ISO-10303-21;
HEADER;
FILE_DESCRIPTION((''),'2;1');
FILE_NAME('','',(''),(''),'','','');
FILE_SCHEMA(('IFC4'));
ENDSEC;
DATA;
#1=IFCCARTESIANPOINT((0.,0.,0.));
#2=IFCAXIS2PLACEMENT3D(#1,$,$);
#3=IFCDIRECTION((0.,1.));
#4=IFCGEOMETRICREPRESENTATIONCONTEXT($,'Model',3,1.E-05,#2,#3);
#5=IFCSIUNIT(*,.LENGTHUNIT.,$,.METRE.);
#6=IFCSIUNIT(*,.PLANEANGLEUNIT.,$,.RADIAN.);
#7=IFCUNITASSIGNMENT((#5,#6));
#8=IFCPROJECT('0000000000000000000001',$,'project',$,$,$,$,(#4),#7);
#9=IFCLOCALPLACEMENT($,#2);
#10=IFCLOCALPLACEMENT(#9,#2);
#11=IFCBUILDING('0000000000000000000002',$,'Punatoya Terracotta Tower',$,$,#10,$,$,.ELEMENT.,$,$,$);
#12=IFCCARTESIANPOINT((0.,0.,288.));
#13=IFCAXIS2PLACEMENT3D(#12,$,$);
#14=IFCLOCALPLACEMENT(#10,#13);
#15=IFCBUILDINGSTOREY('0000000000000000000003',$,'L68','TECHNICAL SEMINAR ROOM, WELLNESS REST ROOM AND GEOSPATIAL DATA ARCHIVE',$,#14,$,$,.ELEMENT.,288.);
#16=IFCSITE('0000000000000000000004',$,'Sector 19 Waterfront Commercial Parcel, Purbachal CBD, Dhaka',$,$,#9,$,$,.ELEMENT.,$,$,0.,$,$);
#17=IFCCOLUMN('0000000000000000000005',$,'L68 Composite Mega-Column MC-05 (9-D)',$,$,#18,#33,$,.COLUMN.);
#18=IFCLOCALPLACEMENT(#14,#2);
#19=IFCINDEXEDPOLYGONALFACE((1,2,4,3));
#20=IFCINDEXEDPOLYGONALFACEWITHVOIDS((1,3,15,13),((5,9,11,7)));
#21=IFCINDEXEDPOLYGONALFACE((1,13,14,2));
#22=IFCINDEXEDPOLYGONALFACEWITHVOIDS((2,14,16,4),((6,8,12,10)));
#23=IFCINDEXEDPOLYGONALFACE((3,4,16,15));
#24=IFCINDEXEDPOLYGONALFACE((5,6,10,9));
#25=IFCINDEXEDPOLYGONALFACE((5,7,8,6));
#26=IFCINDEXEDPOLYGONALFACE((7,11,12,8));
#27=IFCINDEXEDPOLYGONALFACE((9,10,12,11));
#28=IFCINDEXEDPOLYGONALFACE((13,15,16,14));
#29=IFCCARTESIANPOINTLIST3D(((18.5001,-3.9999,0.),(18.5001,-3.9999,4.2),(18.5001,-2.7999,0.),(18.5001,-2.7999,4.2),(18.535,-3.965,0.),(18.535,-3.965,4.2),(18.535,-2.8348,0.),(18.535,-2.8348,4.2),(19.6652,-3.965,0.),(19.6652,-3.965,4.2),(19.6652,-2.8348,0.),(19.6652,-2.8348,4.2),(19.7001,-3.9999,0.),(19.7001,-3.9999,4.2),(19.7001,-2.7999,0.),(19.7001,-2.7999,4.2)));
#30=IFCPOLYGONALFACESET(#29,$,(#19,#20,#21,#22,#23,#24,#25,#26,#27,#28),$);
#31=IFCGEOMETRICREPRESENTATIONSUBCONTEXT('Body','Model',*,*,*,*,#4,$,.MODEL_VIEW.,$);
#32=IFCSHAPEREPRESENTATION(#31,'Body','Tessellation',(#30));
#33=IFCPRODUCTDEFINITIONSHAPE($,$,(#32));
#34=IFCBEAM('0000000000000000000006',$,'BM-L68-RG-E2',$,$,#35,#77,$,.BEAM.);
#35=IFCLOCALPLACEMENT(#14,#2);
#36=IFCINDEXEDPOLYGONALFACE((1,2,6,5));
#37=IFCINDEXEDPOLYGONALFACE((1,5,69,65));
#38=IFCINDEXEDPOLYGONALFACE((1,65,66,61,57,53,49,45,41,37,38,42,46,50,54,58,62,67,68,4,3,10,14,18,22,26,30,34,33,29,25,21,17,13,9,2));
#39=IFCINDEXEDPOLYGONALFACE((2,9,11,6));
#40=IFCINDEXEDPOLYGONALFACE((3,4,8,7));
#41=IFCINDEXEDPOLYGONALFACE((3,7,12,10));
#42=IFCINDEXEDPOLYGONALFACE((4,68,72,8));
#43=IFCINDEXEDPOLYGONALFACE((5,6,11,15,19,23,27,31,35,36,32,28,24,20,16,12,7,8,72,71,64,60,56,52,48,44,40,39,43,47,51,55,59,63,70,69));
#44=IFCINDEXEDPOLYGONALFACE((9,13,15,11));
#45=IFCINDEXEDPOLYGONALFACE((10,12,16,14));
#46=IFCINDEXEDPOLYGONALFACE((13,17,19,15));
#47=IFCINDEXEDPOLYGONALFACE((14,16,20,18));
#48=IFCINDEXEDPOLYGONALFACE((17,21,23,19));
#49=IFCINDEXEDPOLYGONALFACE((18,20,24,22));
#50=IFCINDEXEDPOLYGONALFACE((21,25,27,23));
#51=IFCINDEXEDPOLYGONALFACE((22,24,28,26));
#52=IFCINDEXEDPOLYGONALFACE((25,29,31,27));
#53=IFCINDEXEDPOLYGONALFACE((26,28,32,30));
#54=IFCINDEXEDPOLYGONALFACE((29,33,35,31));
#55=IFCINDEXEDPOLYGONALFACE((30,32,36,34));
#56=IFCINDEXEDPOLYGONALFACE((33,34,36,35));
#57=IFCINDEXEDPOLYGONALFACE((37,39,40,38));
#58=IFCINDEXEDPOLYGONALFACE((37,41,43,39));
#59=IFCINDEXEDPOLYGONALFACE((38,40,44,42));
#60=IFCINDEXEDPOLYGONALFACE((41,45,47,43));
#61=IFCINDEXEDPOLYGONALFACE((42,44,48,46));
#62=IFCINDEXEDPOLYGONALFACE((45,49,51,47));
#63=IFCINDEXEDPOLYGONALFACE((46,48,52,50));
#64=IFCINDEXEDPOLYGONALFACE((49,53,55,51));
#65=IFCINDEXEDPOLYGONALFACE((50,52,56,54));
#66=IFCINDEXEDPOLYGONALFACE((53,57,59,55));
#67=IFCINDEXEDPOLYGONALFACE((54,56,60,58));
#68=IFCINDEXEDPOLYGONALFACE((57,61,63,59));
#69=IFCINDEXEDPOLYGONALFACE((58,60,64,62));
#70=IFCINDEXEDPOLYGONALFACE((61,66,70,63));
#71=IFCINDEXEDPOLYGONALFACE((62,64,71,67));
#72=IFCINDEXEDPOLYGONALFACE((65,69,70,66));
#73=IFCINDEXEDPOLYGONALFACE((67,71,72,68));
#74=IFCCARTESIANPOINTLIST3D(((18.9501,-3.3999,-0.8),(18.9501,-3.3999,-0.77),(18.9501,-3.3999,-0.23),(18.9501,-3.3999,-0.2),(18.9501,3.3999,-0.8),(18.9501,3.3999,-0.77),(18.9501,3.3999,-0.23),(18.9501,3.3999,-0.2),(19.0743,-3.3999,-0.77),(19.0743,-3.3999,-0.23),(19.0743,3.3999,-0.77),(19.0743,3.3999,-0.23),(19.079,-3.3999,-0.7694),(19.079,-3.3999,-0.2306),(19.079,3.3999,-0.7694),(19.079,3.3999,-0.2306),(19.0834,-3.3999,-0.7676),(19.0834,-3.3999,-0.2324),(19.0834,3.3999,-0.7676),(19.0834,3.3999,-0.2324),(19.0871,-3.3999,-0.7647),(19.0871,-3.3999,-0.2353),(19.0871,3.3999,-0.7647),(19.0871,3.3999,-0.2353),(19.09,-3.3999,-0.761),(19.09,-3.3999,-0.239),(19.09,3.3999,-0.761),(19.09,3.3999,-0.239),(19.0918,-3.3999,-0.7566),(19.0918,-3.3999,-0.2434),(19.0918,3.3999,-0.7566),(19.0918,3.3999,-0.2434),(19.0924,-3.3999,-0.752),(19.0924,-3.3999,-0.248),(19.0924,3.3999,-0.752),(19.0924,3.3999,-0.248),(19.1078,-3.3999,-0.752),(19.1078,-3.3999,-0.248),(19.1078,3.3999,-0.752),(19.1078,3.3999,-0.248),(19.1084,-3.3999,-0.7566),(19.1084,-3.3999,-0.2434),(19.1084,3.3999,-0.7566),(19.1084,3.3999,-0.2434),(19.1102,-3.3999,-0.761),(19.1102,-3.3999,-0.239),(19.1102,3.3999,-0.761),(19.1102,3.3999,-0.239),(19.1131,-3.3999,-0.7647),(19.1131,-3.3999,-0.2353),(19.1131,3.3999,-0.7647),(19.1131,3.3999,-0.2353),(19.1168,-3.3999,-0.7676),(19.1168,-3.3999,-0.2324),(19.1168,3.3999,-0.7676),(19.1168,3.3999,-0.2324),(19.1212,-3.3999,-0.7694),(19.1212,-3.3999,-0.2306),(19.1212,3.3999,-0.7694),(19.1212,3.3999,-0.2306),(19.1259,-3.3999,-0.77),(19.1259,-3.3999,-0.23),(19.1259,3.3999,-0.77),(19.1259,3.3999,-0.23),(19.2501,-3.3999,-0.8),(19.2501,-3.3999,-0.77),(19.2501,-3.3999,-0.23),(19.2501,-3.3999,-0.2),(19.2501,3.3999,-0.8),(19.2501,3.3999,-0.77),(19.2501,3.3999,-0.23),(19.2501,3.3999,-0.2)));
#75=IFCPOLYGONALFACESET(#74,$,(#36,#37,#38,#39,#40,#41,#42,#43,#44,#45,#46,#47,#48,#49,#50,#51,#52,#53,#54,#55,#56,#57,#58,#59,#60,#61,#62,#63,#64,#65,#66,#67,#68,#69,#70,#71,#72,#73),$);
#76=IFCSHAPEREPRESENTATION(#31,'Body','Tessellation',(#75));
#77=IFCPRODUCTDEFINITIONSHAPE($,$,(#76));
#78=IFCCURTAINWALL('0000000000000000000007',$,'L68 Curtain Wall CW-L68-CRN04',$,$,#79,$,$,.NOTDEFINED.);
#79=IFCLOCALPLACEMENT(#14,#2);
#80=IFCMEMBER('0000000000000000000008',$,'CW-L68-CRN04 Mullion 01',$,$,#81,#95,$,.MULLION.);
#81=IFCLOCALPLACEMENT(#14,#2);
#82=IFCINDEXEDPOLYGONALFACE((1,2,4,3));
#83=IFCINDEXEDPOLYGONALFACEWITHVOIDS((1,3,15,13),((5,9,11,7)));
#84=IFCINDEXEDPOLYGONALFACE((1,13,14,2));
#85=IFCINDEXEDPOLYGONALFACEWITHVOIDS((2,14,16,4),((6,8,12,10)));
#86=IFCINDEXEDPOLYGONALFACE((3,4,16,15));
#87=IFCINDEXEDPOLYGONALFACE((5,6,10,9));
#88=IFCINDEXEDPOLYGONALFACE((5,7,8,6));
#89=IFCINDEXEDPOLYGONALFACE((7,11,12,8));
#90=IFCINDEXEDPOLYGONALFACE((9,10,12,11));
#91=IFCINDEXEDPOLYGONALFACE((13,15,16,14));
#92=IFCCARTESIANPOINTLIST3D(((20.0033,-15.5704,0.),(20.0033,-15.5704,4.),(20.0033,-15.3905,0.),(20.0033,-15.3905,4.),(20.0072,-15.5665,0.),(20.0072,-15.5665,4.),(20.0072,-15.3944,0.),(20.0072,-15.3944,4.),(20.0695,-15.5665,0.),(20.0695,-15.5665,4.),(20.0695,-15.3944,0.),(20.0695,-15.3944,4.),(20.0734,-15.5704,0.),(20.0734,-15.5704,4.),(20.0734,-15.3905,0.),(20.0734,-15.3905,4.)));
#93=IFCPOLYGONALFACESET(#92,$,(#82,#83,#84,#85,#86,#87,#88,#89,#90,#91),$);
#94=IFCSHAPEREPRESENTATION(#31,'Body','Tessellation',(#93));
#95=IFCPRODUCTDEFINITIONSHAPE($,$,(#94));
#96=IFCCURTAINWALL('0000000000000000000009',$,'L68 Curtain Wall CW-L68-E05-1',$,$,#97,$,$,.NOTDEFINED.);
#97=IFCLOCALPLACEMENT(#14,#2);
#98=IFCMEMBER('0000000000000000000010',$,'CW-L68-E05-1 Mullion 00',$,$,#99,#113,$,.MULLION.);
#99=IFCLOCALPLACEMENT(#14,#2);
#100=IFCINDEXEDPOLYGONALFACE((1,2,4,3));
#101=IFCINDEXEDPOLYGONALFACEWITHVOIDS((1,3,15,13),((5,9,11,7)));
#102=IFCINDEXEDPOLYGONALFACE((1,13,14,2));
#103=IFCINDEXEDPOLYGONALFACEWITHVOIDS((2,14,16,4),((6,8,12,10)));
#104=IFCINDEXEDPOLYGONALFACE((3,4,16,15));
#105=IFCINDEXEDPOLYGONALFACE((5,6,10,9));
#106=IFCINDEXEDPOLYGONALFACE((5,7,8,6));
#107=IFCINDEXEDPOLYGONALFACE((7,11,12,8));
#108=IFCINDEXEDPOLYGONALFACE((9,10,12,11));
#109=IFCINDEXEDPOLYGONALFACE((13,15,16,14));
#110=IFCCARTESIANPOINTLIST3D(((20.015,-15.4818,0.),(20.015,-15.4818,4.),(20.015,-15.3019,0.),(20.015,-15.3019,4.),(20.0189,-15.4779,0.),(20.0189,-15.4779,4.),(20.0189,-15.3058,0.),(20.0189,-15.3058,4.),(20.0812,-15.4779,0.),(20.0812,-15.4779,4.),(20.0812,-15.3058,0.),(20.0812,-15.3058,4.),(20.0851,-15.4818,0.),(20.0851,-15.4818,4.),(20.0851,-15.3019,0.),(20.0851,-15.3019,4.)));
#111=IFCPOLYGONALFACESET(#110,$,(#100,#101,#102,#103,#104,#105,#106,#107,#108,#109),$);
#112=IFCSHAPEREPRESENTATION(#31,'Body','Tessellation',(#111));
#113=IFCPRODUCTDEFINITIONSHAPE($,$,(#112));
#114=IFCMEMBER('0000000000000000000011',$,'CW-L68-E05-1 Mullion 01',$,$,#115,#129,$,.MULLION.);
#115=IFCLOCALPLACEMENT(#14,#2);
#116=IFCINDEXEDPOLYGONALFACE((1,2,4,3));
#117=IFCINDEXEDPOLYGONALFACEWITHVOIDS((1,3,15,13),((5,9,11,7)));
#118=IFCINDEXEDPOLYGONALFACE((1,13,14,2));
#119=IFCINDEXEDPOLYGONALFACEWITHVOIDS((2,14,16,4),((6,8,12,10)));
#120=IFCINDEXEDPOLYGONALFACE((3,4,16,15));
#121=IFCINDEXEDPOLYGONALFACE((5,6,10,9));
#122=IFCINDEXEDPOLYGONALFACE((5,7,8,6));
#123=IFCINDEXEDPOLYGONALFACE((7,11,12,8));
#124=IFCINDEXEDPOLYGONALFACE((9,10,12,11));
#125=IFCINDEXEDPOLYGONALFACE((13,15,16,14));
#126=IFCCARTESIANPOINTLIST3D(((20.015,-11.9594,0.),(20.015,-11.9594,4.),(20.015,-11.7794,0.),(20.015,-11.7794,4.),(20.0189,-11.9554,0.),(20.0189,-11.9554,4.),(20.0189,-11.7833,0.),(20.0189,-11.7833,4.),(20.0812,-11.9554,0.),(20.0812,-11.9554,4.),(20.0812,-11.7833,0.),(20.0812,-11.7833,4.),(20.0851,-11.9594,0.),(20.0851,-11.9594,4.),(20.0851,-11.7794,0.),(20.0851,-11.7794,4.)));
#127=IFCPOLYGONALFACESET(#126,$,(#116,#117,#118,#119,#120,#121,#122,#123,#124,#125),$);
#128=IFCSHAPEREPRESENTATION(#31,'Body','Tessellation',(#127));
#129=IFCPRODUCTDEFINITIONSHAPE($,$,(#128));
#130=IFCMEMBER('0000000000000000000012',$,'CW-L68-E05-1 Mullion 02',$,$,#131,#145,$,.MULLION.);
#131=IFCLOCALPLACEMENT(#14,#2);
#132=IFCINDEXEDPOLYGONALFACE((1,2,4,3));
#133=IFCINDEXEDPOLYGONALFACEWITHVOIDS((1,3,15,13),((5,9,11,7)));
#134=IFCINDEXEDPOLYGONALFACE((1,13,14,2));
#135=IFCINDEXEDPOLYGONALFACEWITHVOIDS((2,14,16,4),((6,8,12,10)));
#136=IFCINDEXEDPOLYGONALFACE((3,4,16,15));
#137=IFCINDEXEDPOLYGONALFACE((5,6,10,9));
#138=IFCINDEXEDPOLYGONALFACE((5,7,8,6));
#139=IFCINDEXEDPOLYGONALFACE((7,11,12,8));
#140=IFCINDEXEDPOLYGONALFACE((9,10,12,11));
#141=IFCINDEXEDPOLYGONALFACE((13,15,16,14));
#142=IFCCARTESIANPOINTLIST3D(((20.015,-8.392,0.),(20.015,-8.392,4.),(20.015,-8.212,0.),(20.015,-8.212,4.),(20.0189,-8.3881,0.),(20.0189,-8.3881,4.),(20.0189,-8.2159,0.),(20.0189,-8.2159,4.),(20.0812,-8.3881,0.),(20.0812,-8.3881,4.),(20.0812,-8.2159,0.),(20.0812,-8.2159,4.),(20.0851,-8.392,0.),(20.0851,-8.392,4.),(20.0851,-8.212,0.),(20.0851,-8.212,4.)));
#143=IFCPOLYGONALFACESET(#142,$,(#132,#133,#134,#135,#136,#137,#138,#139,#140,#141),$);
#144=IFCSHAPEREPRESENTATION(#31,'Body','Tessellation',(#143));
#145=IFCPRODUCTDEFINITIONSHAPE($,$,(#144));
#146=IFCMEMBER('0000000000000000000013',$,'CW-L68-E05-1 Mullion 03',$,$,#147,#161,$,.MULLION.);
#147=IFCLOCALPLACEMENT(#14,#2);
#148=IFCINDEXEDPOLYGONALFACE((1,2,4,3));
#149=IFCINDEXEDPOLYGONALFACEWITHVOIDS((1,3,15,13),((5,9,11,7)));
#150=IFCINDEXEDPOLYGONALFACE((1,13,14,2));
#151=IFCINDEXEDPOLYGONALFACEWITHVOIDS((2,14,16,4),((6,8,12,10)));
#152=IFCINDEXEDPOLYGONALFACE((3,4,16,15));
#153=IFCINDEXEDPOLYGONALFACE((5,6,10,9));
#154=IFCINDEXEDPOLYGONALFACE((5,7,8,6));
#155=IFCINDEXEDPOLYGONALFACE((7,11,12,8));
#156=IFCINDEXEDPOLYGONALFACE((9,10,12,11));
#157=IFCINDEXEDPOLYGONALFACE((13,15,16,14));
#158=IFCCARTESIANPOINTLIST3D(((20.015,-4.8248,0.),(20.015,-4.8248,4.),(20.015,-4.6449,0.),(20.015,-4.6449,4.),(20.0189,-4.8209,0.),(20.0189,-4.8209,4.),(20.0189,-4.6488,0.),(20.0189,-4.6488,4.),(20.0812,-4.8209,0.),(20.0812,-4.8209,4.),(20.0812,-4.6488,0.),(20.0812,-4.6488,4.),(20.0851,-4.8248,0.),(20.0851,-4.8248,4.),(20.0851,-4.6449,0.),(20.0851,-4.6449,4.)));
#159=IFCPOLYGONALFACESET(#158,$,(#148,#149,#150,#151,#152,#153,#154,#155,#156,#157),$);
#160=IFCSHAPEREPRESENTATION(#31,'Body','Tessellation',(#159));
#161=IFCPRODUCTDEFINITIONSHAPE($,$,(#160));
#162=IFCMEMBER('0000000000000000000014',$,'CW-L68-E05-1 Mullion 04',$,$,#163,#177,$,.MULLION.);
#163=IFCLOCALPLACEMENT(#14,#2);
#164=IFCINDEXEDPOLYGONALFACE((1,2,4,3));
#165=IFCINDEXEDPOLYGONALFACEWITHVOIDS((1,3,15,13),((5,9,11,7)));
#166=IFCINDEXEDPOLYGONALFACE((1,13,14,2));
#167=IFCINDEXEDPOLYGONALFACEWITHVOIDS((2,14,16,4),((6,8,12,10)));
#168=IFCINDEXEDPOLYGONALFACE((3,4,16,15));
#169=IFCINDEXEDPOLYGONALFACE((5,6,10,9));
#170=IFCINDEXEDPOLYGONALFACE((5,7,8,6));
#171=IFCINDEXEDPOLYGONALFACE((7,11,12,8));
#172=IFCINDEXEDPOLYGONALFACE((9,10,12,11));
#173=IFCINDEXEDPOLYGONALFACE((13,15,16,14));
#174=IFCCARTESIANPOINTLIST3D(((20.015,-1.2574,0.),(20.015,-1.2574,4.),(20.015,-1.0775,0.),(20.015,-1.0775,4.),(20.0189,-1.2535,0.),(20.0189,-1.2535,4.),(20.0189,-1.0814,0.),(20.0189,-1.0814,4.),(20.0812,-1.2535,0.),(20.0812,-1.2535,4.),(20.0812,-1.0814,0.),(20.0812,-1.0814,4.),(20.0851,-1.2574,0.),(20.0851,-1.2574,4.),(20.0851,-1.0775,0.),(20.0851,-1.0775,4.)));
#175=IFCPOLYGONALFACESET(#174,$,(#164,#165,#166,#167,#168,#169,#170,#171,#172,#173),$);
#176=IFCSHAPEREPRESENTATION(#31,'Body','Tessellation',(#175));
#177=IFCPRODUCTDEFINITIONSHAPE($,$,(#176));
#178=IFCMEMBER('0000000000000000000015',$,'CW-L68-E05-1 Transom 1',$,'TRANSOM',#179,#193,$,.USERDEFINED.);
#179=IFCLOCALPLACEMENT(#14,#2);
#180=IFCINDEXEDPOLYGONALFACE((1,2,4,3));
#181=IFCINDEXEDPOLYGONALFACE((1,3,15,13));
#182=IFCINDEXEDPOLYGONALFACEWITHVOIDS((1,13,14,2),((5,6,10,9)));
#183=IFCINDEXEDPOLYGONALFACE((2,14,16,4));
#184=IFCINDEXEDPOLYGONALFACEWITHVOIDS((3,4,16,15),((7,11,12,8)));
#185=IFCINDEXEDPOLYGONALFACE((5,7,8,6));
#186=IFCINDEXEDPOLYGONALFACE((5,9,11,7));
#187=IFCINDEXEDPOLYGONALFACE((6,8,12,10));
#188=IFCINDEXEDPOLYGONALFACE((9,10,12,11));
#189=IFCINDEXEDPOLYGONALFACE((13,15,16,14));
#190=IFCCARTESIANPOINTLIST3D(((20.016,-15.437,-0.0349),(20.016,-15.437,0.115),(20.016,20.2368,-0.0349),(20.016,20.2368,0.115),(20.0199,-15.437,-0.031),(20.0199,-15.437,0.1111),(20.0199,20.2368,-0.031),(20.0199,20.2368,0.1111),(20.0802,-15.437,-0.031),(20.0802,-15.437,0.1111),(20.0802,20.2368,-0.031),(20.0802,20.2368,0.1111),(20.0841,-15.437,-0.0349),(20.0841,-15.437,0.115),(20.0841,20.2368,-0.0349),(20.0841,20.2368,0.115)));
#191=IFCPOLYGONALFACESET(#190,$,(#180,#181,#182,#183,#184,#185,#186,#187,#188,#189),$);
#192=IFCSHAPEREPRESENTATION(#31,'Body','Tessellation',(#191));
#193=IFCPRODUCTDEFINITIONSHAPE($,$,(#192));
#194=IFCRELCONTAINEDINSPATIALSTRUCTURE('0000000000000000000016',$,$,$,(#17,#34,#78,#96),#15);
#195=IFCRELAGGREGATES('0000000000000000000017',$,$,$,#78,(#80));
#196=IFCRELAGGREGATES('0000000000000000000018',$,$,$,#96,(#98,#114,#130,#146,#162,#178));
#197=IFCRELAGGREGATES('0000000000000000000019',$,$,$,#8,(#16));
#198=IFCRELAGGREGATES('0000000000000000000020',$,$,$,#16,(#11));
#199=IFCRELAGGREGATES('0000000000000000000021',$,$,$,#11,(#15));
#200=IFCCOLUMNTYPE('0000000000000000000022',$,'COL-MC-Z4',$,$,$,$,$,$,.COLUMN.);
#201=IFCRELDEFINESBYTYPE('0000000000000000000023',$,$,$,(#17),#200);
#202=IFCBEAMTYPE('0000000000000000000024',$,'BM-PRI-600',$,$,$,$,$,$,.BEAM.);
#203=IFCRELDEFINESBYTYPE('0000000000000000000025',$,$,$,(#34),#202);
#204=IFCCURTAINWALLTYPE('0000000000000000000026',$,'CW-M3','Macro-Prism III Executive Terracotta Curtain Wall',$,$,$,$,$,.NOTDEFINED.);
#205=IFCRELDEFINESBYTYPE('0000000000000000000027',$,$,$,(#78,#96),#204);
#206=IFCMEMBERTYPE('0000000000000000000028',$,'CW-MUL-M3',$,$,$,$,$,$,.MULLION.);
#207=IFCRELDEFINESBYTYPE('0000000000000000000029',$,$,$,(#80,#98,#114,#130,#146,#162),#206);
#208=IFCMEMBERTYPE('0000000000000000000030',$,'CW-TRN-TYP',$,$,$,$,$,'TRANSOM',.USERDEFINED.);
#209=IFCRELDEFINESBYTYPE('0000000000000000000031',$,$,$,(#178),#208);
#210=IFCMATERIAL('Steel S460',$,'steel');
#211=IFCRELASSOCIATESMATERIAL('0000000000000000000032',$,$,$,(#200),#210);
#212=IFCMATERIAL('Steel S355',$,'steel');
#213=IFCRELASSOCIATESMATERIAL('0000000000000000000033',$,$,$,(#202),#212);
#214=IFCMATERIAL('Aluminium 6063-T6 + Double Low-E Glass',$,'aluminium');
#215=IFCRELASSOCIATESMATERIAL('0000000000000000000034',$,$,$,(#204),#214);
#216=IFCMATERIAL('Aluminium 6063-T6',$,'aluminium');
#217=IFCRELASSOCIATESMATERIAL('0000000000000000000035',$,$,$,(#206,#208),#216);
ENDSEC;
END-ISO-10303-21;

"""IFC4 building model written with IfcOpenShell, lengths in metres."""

from ifc_helpers import new_model, si_unit, direction, frame, origin, origin_2d, place, context, subcontext, project, spatial, hollow_rectangle, i_section, extrude, material, material_profile, profile_set, type_object, element, aggregate, save


model = new_model("IFC4")

# Units and contexts
model_context = context("Model", 3, precision=1e-05, world=origin(), true_north=direction((0.0, 1.0)))
body_context = subcontext(model_context, "Body", "Model", "MODEL_VIEW")
ifc_project = project(units=[si_unit("LENGTHUNIT", "METRE"), si_unit("PLANEANGLEUNIT", "RADIAN")], contexts=[model_context])

# Site, building, storey
site_placement = place(None, origin())
site = spatial("IfcSite", under=ifc_project, at=site_placement, Name="Sector 19 Waterfront Commercial Parcel, Purbachal CBD, Dhaka", CompositionType="ELEMENT", RefElevation=0.0)
building_placement = place(site_placement, origin())
building = spatial("IfcBuilding", under=site, at=building_placement, Name="Punatoya Terracotta Tower", CompositionType="ELEMENT")
storey_placement = place(building_placement, frame((0.0, 0.0, 288.0)))
storey = spatial("IfcBuildingStorey", under=building, at=storey_placement, Name="L68", Description="TECHNICAL SEMINAR ROOM, WELLNESS REST ROOM AND GEOSPATIAL DATA ARCHIVE", CompositionType="ELEMENT", Elevation=288.0)

# Column
ifc_material_1 = material(Name="Steel S460", Category="steel")
ifc_material_profile_1 = material_profile(ifc_material_1, hollow_rectangle(XDim=1.2, YDim=1.2, WallThickness=0.0349, at=origin_2d()))
ifc_profile_set_1 = profile_set([ifc_material_profile_1], Name="Steel S460")
column_type = type_object("IfcColumnType", Name="COL-MC-Z4", PredefinedType="COLUMN", material=ifc_profile_set_1)
column_placement = place(storey_placement, frame((19.1001, -3.3999, 0.0), z_axis=(0.0, 0.0, 1.0), x_axis=(1.0, 0.0, 0.0)))
element("IfcColumn", 1, at=column_placement, inside=storey, type_object=column_type, Name="L68 Composite Mega-Column MC-05 (9-D)", PredefinedType="COLUMN", context=body_context, shape_type="SweptSolid", body=[
    extrude(hollow_rectangle(XDim=1.2, YDim=1.2, WallThickness=0.0349, at=origin_2d()), origin(), (0.0, 0.0, 1.0), 4.2),
])

# Beam
ifc_material_2 = material(Name="Steel S355", Category="steel")
ifc_material_profile_2 = material_profile(ifc_material_2, i_section(OverallWidth=0.3, OverallDepth=0.6001, WebThickness=0.0154, FlangeThickness=0.03, FilletRadius=0.0181, at=origin_2d()))
ifc_profile_set_2 = profile_set([ifc_material_profile_2], Name="Steel S355")
beam_type = type_object("IfcBeamType", Name="BM-PRI-600", PredefinedType="BEAM", material=ifc_profile_set_2)
beam_placement = place(storey_placement, frame((19.1001, -3.3999, -0.5), z_axis=(0.0, 1.0, 0.0), x_axis=(-1.0, 0.0, 0.0)))
element("IfcBeam", 2, at=beam_placement, inside=storey, type_object=beam_type, Name="BM-L68-RG-E2", PredefinedType="BEAM", context=body_context, shape_type="SweptSolid", body=[
    extrude(i_section(OverallWidth=0.3, OverallDepth=0.6001, WebThickness=0.0154, FlangeThickness=0.03, FilletRadius=0.0181, at=origin_2d()), origin(), (0.0, 0.0, 1.0), 6.7998),
])

# Curtain wall, member
ifc_material_3 = material(Name="Aluminium 6063-T6 + Double Low-E Glass", Category="aluminium")
curtain_wall_type = type_object("IfcCurtainWallType", Name="CW-M3", Description="Macro-Prism III Executive Terracotta Curtain Wall", PredefinedType="NOTDEFINED", material=ifc_material_3)
curtain_wall_1_placement = place(storey_placement, origin())
curtain_wall_1 = element("IfcCurtainWall", 3, at=curtain_wall_1_placement, inside=storey, type_object=curtain_wall_type, Name="L68 Curtain Wall CW-L68-CRN04", PredefinedType="NOTDEFINED")
ifc_material_4 = material(Name="Aluminium 6063-T6", Category="aluminium")
ifc_material_profile_3 = material_profile(ifc_material_4, hollow_rectangle(XDim=0.0701, YDim=0.1799, WallThickness=0.0039, at=origin_2d()))
ifc_profile_set_3 = profile_set([ifc_material_profile_3], Name="Aluminium 6063-T6")
member_type_1 = type_object("IfcMemberType", Name="CW-MUL-M3", PredefinedType="MULLION", material=ifc_profile_set_3)
member_1_placement = place(storey_placement, frame((20.0383, -15.4805, 0.0), z_axis=(0.0, 0.0, 1.0), x_axis=(1.0, 0.0, 0.0)))
member_1 = element("IfcMember", 4, at=member_1_placement, type_object=member_type_1, Name="CW-L68-CRN04 Mullion 01", PredefinedType="MULLION", context=body_context, shape_type="SweptSolid", body=[
    extrude(hollow_rectangle(XDim=0.0701, YDim=0.1799, WallThickness=0.0039, at=origin_2d()), origin(), (0.0, 0.0, 1.0), 4.0),
])

# Curtain wall, members
curtain_wall_2_placement = place(storey_placement, origin())
curtain_wall_2 = element("IfcCurtainWall", 5, at=curtain_wall_2_placement, inside=storey, type_object=curtain_wall_type, Name="L68 Curtain Wall CW-L68-E05-1", PredefinedType="NOTDEFINED")
member_2_placement = place(storey_placement, frame((20.05, -15.3918, 0.0), z_axis=(0.0, 0.0, 1.0), x_axis=(1.0, 0.0, 0.0)))
member_2 = element("IfcMember", 6, at=member_2_placement, type_object=member_type_1, Name="CW-L68-E05-1 Mullion 00", PredefinedType="MULLION", context=body_context, shape_type="SweptSolid", body=[
    extrude(hollow_rectangle(XDim=0.0701, YDim=0.1799, WallThickness=0.0039, at=origin_2d()), origin(), (0.0, 0.0, 1.0), 4.0),
])
member_3_placement = place(storey_placement, frame((20.05, -11.8694, 0.0), z_axis=(0.0, 0.0, 1.0), x_axis=(1.0, 0.0, 0.0)))
member_3 = element("IfcMember", 7, at=member_3_placement, type_object=member_type_1, Name="CW-L68-E05-1 Mullion 01", PredefinedType="MULLION", context=body_context, shape_type="SweptSolid", body=[
    extrude(hollow_rectangle(XDim=0.0701, YDim=0.1799, WallThickness=0.0039, at=origin_2d()), origin(), (0.0, 0.0, 1.0), 4.0),
])
member_4_placement = place(storey_placement, frame((20.05, -8.302, 0.0), z_axis=(0.0, 0.0, 1.0), x_axis=(1.0, 0.0, 0.0)))
member_4 = element("IfcMember", 8, at=member_4_placement, type_object=member_type_1, Name="CW-L68-E05-1 Mullion 02", PredefinedType="MULLION", context=body_context, shape_type="SweptSolid", body=[
    extrude(hollow_rectangle(XDim=0.0701, YDim=0.1799, WallThickness=0.0039, at=origin_2d()), origin(), (0.0, 0.0, 1.0), 4.0),
])
member_5_placement = place(storey_placement, frame((20.05, -4.7349, 0.0), z_axis=(0.0, 0.0, 1.0), x_axis=(1.0, 0.0, 0.0)))
member_5 = element("IfcMember", 9, at=member_5_placement, type_object=member_type_1, Name="CW-L68-E05-1 Mullion 03", PredefinedType="MULLION", context=body_context, shape_type="SweptSolid", body=[
    extrude(hollow_rectangle(XDim=0.0701, YDim=0.1799, WallThickness=0.0039, at=origin_2d()), origin(), (0.0, 0.0, 1.0), 4.0),
])
member_6_placement = place(storey_placement, frame((20.05, -1.1675, 0.0), z_axis=(0.0, 0.0, 1.0), x_axis=(1.0, 0.0, 0.0)))
member_6 = element("IfcMember", 10, at=member_6_placement, type_object=member_type_1, Name="CW-L68-E05-1 Mullion 04", PredefinedType="MULLION", context=body_context, shape_type="SweptSolid", body=[
    extrude(hollow_rectangle(XDim=0.0701, YDim=0.1799, WallThickness=0.0039, at=origin_2d()), origin(), (0.0, 0.0, 1.0), 4.0),
])
ifc_material_profile_4 = material_profile(ifc_material_4, hollow_rectangle(XDim=0.0681, YDim=0.1499, WallThickness=0.0039, at=origin_2d()))
ifc_profile_set_4 = profile_set([ifc_material_profile_4], Name="Aluminium 6063-T6")
member_type_2 = type_object("IfcMemberType", Name="CW-TRN-TYP", ElementType="TRANSOM", PredefinedType="USERDEFINED", material=ifc_profile_set_4)
member_7_placement = place(storey_placement, frame((20.05, -15.437, 0.04), z_axis=(0.0, 1.0, 0.0), x_axis=(-1.0, 0.0, 0.0)))
member_7 = element("IfcMember", 11, at=member_7_placement, type_object=member_type_2, Name="CW-L68-E05-1 Transom 1", ObjectType="TRANSOM", PredefinedType="USERDEFINED", context=body_context, shape_type="SweptSolid", body=[
    extrude(hollow_rectangle(XDim=0.0681, YDim=0.1499, WallThickness=0.0039, at=origin_2d()), origin(), (0.0, 0.0, 1.0), 35.6738),
])

aggregate(curtain_wall_1, [member_1])
aggregate(curtain_wall_2, [member_2, member_3, member_4, member_5, member_6, member_7])

save(model, "model.ifc")
